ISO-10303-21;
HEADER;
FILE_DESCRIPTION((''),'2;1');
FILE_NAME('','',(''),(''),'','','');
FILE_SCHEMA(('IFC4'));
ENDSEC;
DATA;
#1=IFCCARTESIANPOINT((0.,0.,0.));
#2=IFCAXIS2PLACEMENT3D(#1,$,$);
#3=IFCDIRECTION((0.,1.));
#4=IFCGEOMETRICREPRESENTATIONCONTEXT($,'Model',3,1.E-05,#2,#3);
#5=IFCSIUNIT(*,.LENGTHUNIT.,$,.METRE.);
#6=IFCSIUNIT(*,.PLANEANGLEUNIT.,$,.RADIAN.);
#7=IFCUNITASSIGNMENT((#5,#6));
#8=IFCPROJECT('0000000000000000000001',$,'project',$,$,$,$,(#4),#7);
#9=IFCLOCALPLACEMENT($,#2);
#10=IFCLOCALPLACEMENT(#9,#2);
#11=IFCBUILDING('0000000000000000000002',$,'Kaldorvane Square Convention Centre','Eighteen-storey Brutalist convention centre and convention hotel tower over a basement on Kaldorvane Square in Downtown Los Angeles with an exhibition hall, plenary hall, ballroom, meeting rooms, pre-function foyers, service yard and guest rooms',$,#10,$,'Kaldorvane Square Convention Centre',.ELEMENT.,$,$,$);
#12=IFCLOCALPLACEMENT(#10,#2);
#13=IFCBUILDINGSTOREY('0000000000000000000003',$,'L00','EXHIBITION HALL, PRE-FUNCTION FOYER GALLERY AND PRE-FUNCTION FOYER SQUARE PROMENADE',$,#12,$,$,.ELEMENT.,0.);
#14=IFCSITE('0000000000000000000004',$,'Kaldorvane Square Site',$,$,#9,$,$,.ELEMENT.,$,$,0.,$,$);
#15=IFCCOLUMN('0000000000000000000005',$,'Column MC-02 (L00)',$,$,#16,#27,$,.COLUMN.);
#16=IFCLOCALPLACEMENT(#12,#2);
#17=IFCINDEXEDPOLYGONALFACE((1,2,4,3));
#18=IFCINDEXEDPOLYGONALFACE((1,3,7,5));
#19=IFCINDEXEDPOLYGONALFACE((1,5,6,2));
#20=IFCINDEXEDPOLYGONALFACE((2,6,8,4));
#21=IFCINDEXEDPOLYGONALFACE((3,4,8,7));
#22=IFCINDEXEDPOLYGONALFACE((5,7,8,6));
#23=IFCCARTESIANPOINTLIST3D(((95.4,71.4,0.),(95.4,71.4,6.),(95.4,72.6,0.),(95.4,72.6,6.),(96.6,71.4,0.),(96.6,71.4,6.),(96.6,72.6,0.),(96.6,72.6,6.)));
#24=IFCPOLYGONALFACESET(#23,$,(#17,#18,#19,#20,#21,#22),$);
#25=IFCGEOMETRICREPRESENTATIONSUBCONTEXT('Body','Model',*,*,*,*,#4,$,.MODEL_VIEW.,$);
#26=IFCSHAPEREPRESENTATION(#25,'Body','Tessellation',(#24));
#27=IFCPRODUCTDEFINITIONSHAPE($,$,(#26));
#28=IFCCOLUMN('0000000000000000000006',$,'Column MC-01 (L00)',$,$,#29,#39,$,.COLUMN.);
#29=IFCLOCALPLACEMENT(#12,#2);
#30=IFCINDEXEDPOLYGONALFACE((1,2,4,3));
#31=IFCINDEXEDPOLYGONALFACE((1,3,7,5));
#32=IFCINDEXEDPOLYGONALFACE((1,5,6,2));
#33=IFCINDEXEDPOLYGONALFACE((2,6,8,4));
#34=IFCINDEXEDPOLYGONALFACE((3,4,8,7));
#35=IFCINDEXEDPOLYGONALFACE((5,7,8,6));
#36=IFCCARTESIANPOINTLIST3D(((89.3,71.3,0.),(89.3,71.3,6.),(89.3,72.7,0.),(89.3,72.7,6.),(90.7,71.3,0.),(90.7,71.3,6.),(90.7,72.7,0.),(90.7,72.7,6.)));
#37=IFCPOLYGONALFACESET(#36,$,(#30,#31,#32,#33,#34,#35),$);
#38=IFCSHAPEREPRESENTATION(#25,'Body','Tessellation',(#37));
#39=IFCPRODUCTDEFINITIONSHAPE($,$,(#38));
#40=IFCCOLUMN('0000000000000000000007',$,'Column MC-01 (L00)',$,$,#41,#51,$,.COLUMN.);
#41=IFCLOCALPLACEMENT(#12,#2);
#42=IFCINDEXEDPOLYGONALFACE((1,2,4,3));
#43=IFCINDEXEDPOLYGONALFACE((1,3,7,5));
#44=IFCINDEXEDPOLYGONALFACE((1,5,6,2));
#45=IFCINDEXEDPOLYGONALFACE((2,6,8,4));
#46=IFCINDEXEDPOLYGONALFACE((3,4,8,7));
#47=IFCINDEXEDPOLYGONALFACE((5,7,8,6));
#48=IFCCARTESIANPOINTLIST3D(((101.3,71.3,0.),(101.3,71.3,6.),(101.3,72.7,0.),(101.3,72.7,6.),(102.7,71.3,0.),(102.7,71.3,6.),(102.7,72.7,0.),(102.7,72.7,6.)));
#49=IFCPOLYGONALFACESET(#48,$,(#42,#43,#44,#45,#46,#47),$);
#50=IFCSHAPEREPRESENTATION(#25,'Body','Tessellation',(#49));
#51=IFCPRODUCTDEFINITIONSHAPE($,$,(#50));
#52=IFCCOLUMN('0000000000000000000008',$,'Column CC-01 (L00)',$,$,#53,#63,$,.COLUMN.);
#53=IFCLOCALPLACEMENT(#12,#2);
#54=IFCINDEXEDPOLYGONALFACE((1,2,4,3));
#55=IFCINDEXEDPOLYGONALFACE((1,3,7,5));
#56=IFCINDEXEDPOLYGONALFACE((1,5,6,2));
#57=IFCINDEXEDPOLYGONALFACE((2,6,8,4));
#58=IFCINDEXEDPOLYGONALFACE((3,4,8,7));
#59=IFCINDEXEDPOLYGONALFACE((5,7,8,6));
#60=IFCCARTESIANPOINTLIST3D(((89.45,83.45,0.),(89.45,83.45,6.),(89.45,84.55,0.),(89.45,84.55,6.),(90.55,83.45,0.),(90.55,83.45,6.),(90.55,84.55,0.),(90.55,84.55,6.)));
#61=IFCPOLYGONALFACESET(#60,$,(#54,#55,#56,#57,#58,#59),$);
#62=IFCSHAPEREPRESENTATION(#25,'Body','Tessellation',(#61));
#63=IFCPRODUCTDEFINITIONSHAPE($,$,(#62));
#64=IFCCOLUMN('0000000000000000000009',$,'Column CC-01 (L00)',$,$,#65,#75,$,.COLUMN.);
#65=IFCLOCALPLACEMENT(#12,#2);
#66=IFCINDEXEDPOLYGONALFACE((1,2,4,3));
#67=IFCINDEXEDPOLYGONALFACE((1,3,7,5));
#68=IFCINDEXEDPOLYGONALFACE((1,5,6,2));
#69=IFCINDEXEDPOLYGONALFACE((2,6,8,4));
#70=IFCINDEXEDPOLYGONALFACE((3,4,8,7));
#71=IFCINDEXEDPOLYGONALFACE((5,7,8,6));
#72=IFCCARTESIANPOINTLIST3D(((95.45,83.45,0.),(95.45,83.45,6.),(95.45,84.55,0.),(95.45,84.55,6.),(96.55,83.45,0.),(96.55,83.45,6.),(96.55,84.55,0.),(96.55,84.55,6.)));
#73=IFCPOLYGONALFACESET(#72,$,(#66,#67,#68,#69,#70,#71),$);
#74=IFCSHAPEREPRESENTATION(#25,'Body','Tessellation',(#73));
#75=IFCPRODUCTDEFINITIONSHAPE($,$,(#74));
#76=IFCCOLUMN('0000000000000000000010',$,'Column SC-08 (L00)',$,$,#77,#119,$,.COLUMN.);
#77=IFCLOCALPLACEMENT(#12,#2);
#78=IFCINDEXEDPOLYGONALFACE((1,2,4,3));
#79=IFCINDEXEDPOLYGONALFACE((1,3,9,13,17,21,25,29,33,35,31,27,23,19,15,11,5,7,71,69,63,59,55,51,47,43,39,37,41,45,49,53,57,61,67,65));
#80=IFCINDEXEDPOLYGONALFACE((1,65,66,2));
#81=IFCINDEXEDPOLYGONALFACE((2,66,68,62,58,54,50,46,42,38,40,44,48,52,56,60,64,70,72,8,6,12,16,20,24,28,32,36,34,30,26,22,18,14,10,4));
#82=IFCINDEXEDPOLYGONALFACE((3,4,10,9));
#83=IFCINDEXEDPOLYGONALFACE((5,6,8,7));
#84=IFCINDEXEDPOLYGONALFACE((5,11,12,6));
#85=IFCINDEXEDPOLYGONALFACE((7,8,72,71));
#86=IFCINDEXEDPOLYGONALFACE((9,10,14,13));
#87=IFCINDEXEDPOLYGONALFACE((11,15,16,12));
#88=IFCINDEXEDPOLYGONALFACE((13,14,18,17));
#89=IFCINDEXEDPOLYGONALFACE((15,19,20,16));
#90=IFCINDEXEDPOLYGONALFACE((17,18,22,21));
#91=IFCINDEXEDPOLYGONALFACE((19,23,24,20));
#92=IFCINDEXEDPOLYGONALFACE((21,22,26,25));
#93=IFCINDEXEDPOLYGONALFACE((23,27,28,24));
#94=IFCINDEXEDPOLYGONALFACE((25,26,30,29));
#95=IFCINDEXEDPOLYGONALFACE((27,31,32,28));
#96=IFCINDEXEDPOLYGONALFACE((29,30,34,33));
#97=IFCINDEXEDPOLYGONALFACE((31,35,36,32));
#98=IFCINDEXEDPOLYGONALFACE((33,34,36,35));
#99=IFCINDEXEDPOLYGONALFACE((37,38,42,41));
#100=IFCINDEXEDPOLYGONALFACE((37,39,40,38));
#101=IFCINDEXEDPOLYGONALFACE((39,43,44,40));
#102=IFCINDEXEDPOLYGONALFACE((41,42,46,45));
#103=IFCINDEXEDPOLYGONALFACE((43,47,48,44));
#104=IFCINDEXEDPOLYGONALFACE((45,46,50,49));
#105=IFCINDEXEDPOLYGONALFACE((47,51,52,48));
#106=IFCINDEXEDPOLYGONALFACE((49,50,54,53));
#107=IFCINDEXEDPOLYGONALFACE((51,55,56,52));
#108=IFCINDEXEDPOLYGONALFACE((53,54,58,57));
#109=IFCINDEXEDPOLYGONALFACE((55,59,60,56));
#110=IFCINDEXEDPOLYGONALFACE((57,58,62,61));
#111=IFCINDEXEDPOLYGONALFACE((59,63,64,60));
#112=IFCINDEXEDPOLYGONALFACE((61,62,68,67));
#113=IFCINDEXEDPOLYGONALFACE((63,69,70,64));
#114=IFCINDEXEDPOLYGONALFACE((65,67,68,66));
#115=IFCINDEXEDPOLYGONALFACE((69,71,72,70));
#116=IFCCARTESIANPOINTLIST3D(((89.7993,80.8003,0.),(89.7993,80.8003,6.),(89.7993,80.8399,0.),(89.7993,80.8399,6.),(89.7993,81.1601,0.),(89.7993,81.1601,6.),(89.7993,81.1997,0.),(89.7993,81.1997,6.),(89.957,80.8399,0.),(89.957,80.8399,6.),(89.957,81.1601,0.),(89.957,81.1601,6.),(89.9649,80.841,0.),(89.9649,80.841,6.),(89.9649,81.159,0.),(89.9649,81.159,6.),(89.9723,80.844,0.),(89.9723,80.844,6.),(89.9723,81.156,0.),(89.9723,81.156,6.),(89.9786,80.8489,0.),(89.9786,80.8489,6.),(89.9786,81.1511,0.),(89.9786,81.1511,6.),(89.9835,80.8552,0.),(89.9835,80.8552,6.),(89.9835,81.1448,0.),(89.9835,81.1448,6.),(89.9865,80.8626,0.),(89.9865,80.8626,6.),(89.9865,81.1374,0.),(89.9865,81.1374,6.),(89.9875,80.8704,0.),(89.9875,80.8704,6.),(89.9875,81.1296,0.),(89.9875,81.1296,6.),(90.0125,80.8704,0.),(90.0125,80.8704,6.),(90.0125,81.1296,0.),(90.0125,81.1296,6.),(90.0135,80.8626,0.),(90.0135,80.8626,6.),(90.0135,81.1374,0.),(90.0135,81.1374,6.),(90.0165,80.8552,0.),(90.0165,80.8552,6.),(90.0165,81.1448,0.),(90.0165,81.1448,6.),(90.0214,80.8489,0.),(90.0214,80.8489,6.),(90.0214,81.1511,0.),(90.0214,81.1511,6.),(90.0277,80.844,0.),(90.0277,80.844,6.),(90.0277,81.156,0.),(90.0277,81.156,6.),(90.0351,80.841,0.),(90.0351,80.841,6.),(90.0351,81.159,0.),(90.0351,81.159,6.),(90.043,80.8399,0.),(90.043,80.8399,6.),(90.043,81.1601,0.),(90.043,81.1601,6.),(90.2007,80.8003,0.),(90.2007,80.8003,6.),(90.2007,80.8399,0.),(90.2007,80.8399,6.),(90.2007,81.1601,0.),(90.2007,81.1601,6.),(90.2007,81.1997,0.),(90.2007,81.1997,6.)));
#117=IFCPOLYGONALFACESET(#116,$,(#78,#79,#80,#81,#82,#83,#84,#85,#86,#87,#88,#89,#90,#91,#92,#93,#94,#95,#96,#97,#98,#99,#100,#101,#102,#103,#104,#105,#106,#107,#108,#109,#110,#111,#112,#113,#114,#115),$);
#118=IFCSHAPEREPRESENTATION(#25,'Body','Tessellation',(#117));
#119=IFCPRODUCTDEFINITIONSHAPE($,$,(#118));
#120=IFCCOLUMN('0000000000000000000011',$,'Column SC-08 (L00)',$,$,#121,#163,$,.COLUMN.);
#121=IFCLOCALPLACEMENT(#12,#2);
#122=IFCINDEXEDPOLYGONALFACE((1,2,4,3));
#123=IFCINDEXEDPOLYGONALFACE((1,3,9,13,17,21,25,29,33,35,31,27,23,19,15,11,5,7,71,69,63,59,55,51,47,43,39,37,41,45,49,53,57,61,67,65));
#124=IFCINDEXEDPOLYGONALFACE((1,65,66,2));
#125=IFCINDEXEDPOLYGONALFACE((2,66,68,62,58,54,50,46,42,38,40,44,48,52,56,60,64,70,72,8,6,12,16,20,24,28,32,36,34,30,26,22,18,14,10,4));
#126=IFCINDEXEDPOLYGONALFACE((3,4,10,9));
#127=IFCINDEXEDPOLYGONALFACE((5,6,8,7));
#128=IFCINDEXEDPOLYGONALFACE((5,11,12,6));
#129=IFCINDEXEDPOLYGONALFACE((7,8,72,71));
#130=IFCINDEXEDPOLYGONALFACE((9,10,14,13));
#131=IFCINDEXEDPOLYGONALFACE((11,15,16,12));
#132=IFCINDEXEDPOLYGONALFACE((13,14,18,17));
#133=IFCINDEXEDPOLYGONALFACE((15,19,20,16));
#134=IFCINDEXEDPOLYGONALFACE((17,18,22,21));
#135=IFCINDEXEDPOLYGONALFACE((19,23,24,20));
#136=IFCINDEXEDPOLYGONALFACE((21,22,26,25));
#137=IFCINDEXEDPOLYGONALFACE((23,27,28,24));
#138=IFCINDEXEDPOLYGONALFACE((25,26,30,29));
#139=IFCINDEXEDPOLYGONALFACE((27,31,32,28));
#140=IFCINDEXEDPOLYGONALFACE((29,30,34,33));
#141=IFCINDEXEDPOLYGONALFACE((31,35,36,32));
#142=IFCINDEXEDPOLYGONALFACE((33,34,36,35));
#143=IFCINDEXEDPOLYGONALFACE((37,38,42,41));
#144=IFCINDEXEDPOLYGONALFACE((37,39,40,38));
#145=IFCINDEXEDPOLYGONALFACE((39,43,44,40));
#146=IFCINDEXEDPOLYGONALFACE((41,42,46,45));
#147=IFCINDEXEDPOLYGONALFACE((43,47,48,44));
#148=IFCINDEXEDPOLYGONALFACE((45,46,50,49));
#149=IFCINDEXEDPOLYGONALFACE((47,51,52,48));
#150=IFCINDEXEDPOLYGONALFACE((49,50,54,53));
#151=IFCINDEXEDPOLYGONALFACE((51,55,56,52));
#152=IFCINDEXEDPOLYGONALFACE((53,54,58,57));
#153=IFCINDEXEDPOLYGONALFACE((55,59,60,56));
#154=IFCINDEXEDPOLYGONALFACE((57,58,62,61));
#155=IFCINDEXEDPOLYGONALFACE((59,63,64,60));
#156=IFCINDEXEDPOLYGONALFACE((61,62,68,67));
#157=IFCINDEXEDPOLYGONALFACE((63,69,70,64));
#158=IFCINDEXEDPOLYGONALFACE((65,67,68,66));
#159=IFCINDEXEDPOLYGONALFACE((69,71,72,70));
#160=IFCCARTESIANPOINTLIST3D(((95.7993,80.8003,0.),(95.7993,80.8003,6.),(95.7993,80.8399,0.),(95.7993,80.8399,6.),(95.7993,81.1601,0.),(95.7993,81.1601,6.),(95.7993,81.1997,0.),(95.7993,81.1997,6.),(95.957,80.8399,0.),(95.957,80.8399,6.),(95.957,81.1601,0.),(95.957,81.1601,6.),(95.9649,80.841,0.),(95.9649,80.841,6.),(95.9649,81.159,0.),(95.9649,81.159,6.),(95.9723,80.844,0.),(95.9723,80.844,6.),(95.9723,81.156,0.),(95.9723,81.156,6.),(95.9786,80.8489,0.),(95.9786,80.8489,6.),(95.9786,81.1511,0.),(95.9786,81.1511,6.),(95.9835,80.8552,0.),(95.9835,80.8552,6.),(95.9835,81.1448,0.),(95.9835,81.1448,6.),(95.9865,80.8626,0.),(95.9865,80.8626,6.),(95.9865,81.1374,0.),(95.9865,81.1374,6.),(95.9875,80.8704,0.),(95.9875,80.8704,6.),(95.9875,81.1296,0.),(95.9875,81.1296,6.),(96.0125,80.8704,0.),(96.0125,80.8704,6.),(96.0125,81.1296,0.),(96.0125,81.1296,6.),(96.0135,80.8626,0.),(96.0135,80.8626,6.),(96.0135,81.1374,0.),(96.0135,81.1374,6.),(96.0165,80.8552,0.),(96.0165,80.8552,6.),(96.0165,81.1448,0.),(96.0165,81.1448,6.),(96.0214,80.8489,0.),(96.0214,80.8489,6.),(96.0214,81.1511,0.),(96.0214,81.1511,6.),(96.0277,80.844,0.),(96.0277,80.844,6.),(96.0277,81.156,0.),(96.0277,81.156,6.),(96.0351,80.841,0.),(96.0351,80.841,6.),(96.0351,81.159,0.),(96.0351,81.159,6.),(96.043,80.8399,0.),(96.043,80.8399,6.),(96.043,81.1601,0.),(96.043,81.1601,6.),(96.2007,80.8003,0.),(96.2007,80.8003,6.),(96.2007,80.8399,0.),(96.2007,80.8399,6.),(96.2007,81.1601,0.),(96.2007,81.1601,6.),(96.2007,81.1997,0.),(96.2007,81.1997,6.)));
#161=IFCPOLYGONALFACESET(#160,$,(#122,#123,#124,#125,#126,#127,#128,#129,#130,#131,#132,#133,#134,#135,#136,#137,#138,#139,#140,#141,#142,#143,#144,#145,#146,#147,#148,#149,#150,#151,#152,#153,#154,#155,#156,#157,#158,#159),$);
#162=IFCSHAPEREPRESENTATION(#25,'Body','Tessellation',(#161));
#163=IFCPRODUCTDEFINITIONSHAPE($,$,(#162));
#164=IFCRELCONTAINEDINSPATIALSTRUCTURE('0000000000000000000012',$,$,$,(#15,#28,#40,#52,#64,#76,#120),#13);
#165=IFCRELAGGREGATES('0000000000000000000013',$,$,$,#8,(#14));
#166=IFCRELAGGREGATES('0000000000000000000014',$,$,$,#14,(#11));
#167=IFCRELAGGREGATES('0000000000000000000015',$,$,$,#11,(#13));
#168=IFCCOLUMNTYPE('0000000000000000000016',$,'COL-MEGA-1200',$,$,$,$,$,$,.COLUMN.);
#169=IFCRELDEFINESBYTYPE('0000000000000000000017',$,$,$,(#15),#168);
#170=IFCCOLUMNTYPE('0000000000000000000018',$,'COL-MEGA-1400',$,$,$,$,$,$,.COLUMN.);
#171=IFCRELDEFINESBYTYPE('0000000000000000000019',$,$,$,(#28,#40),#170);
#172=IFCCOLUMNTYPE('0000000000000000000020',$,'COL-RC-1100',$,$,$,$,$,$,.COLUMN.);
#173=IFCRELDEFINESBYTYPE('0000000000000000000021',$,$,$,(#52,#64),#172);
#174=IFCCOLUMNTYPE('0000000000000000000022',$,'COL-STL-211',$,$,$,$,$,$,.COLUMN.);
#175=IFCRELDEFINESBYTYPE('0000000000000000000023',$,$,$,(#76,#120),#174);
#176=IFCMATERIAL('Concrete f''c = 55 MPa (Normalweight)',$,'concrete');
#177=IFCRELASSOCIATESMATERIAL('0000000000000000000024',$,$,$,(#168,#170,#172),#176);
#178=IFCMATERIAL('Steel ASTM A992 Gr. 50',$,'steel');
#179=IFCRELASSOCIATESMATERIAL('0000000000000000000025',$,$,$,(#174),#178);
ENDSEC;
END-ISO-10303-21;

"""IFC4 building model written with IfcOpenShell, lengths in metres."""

from ifc_helpers import new_model, si_unit, direction, frame, origin, origin_2d, place, context, subcontext, project, spatial, rectangle, i_section, extrude, material, material_profile, profile_set, type_object, element, save


model = new_model("IFC4")

# Units and contexts
model_context = context("Model", 3, precision=1e-05, world=origin(), true_north=direction((0.0, 1.0)))
body_context = subcontext(model_context, "Body", "Model", "MODEL_VIEW")
ifc_project = project(units=[si_unit("LENGTHUNIT", "METRE"), si_unit("PLANEANGLEUNIT", "RADIAN")], contexts=[model_context])

# Site, building, storey
site_placement = place(None, origin())
site = spatial("IfcSite", under=ifc_project, at=site_placement, Name="Kaldorvane Square Site", CompositionType="ELEMENT", RefElevation=0.0)
building_placement = place(site_placement, origin())
building = spatial("IfcBuilding", under=site, at=building_placement, Name="Kaldorvane Square Convention Centre", Description="Eighteen-storey Brutalist convention centre and convention hotel tower over a basement on Kaldorvane Square in Downtown Los Angeles with an exhibition hall, plenary hall, ballroom, meeting rooms, pre-function foyers, service yard and guest rooms", LongName="Kaldorvane Square Convention Centre", CompositionType="ELEMENT")
storey_placement = place(building_placement, origin())
storey = spatial("IfcBuildingStorey", under=building, at=storey_placement, Name="L00", Description="EXHIBITION HALL, PRE-FUNCTION FOYER GALLERY AND PRE-FUNCTION FOYER SQUARE PROMENADE", CompositionType="ELEMENT", Elevation=0.0)

# Columns
ifc_material_1 = material(Name="Concrete f'c = 55 MPa (Normalweight)", Category="concrete")
ifc_material_profile_1 = material_profile(ifc_material_1, rectangle(XDim=1.2, YDim=1.2, at=origin_2d()), Name="RC1200X1200")
ifc_profile_set_1 = profile_set([ifc_material_profile_1], Name="Concrete f'c = 55 MPa (Normalweight)")
column_type_1 = type_object("IfcColumnType", Name="COL-MEGA-1200", PredefinedType="COLUMN", material=ifc_profile_set_1)
column_placement = place(storey_placement, frame((96.0, 72.0, 0.0), z_axis=(0.0, 0.0, 1.0), x_axis=(1.0, 0.0, 0.0)))
element("IfcColumn", 1, at=column_placement, inside=storey, type_object=column_type_1, Name="Column MC-02 (L00)", PredefinedType="COLUMN", context=body_context, shape_type="SweptSolid", body=[
    extrude(rectangle(XDim=1.2, YDim=1.2, at=origin_2d()), origin(), (0.0, 0.0, 1.0), 6.0),
])
ifc_material_profile_2 = material_profile(ifc_material_1, rectangle(XDim=1.4, YDim=1.4, at=origin_2d()), Name="RC1400X1400")
ifc_profile_set_2 = profile_set([ifc_material_profile_2], Name="Concrete f'c = 55 MPa (Normalweight)")
column_type_2 = type_object("IfcColumnType", Name="COL-MEGA-1400", PredefinedType="COLUMN", material=ifc_profile_set_2)
for number, where, z_axis, x_axis, name in (
    (2, (90.0, 72.0, 0.0), (0.0, 0.0, 1.0), (1.0, 0.0, 0.0), "Column MC-01 (L00)"),
    (3, (102.0, 72.0, 0.0), (0.0, 0.0, 1.0), (1.0, 0.0, 0.0), "Column MC-01 (L00)"),
):
    element("IfcColumn", number, at=place(storey_placement, frame(where, z_axis=z_axis, x_axis=x_axis)), inside=storey, type_object=column_type_2, Name=name, PredefinedType="COLUMN", context=body_context, shape_type="SweptSolid", body=[
        extrude(rectangle(XDim=1.4, YDim=1.4, at=origin_2d()), origin(), (0.0, 0.0, 1.0), 6.0),
    ])
ifc_material_profile_3 = material_profile(ifc_material_1, rectangle(XDim=1.1, YDim=1.1, at=origin_2d()), Name="RC1100X1100")
ifc_profile_set_3 = profile_set([ifc_material_profile_3], Name="Concrete f'c = 55 MPa (Normalweight)")
column_type_3 = type_object("IfcColumnType", Name="COL-RC-1100", PredefinedType="COLUMN", material=ifc_profile_set_3)
for number, where, z_axis, x_axis, name in (
    (4, (90.0, 84.0, 0.0), (0.0, 0.0, 1.0), (1.0, 0.0, 0.0), "Column CC-01 (L00)"),
    (5, (96.0, 84.0, 0.0), (0.0, 0.0, 1.0), (1.0, 0.0, 0.0), "Column CC-01 (L00)"),
):
    element("IfcColumn", number, at=place(storey_placement, frame(where, z_axis=z_axis, x_axis=x_axis)), inside=storey, type_object=column_type_3, Name=name, PredefinedType="COLUMN", context=body_context, shape_type="SweptSolid", body=[
        extrude(rectangle(XDim=1.1, YDim=1.1, at=origin_2d()), origin(), (0.0, 0.0, 1.0), 6.0),
    ])
ifc_material_2 = material(Name="Steel ASTM A992 Gr. 50", Category="steel")
ifc_material_profile_4 = material_profile(ifc_material_2, i_section(OverallWidth=0.4013, OverallDepth=0.3993, WebThickness=0.0249, FlangeThickness=0.0396, FilletRadius=0.0305, at=origin_2d()), Name="W14X211")
ifc_profile_set_4 = profile_set([ifc_material_profile_4], Name="Steel ASTM A992 Gr. 50")
column_type_4 = type_object("IfcColumnType", Name="COL-STL-211", PredefinedType="COLUMN", material=ifc_profile_set_4)
for number, where, z_axis, x_axis, name in (
    (6, (90.0, 81.0, 0.0), (0.0, 0.0, 1.0), (1.0, 0.0, 0.0), "Column SC-08 (L00)"),
    (7, (96.0, 81.0, 0.0), (0.0, 0.0, 1.0), (1.0, 0.0, 0.0), "Column SC-08 (L00)"),
):
    element("IfcColumn", number, at=place(storey_placement, frame(where, z_axis=z_axis, x_axis=x_axis)), inside=storey, type_object=column_type_4, Name=name, PredefinedType="COLUMN", context=body_context, shape_type="SweptSolid", body=[
        extrude(i_section(OverallWidth=0.4013, OverallDepth=0.3993, WebThickness=0.0249, FlangeThickness=0.0396, FilletRadius=0.0305, at=origin_2d()), origin(), (0.0, 0.0, 1.0), 6.0),
    ])

save(model, "model.ifc")
